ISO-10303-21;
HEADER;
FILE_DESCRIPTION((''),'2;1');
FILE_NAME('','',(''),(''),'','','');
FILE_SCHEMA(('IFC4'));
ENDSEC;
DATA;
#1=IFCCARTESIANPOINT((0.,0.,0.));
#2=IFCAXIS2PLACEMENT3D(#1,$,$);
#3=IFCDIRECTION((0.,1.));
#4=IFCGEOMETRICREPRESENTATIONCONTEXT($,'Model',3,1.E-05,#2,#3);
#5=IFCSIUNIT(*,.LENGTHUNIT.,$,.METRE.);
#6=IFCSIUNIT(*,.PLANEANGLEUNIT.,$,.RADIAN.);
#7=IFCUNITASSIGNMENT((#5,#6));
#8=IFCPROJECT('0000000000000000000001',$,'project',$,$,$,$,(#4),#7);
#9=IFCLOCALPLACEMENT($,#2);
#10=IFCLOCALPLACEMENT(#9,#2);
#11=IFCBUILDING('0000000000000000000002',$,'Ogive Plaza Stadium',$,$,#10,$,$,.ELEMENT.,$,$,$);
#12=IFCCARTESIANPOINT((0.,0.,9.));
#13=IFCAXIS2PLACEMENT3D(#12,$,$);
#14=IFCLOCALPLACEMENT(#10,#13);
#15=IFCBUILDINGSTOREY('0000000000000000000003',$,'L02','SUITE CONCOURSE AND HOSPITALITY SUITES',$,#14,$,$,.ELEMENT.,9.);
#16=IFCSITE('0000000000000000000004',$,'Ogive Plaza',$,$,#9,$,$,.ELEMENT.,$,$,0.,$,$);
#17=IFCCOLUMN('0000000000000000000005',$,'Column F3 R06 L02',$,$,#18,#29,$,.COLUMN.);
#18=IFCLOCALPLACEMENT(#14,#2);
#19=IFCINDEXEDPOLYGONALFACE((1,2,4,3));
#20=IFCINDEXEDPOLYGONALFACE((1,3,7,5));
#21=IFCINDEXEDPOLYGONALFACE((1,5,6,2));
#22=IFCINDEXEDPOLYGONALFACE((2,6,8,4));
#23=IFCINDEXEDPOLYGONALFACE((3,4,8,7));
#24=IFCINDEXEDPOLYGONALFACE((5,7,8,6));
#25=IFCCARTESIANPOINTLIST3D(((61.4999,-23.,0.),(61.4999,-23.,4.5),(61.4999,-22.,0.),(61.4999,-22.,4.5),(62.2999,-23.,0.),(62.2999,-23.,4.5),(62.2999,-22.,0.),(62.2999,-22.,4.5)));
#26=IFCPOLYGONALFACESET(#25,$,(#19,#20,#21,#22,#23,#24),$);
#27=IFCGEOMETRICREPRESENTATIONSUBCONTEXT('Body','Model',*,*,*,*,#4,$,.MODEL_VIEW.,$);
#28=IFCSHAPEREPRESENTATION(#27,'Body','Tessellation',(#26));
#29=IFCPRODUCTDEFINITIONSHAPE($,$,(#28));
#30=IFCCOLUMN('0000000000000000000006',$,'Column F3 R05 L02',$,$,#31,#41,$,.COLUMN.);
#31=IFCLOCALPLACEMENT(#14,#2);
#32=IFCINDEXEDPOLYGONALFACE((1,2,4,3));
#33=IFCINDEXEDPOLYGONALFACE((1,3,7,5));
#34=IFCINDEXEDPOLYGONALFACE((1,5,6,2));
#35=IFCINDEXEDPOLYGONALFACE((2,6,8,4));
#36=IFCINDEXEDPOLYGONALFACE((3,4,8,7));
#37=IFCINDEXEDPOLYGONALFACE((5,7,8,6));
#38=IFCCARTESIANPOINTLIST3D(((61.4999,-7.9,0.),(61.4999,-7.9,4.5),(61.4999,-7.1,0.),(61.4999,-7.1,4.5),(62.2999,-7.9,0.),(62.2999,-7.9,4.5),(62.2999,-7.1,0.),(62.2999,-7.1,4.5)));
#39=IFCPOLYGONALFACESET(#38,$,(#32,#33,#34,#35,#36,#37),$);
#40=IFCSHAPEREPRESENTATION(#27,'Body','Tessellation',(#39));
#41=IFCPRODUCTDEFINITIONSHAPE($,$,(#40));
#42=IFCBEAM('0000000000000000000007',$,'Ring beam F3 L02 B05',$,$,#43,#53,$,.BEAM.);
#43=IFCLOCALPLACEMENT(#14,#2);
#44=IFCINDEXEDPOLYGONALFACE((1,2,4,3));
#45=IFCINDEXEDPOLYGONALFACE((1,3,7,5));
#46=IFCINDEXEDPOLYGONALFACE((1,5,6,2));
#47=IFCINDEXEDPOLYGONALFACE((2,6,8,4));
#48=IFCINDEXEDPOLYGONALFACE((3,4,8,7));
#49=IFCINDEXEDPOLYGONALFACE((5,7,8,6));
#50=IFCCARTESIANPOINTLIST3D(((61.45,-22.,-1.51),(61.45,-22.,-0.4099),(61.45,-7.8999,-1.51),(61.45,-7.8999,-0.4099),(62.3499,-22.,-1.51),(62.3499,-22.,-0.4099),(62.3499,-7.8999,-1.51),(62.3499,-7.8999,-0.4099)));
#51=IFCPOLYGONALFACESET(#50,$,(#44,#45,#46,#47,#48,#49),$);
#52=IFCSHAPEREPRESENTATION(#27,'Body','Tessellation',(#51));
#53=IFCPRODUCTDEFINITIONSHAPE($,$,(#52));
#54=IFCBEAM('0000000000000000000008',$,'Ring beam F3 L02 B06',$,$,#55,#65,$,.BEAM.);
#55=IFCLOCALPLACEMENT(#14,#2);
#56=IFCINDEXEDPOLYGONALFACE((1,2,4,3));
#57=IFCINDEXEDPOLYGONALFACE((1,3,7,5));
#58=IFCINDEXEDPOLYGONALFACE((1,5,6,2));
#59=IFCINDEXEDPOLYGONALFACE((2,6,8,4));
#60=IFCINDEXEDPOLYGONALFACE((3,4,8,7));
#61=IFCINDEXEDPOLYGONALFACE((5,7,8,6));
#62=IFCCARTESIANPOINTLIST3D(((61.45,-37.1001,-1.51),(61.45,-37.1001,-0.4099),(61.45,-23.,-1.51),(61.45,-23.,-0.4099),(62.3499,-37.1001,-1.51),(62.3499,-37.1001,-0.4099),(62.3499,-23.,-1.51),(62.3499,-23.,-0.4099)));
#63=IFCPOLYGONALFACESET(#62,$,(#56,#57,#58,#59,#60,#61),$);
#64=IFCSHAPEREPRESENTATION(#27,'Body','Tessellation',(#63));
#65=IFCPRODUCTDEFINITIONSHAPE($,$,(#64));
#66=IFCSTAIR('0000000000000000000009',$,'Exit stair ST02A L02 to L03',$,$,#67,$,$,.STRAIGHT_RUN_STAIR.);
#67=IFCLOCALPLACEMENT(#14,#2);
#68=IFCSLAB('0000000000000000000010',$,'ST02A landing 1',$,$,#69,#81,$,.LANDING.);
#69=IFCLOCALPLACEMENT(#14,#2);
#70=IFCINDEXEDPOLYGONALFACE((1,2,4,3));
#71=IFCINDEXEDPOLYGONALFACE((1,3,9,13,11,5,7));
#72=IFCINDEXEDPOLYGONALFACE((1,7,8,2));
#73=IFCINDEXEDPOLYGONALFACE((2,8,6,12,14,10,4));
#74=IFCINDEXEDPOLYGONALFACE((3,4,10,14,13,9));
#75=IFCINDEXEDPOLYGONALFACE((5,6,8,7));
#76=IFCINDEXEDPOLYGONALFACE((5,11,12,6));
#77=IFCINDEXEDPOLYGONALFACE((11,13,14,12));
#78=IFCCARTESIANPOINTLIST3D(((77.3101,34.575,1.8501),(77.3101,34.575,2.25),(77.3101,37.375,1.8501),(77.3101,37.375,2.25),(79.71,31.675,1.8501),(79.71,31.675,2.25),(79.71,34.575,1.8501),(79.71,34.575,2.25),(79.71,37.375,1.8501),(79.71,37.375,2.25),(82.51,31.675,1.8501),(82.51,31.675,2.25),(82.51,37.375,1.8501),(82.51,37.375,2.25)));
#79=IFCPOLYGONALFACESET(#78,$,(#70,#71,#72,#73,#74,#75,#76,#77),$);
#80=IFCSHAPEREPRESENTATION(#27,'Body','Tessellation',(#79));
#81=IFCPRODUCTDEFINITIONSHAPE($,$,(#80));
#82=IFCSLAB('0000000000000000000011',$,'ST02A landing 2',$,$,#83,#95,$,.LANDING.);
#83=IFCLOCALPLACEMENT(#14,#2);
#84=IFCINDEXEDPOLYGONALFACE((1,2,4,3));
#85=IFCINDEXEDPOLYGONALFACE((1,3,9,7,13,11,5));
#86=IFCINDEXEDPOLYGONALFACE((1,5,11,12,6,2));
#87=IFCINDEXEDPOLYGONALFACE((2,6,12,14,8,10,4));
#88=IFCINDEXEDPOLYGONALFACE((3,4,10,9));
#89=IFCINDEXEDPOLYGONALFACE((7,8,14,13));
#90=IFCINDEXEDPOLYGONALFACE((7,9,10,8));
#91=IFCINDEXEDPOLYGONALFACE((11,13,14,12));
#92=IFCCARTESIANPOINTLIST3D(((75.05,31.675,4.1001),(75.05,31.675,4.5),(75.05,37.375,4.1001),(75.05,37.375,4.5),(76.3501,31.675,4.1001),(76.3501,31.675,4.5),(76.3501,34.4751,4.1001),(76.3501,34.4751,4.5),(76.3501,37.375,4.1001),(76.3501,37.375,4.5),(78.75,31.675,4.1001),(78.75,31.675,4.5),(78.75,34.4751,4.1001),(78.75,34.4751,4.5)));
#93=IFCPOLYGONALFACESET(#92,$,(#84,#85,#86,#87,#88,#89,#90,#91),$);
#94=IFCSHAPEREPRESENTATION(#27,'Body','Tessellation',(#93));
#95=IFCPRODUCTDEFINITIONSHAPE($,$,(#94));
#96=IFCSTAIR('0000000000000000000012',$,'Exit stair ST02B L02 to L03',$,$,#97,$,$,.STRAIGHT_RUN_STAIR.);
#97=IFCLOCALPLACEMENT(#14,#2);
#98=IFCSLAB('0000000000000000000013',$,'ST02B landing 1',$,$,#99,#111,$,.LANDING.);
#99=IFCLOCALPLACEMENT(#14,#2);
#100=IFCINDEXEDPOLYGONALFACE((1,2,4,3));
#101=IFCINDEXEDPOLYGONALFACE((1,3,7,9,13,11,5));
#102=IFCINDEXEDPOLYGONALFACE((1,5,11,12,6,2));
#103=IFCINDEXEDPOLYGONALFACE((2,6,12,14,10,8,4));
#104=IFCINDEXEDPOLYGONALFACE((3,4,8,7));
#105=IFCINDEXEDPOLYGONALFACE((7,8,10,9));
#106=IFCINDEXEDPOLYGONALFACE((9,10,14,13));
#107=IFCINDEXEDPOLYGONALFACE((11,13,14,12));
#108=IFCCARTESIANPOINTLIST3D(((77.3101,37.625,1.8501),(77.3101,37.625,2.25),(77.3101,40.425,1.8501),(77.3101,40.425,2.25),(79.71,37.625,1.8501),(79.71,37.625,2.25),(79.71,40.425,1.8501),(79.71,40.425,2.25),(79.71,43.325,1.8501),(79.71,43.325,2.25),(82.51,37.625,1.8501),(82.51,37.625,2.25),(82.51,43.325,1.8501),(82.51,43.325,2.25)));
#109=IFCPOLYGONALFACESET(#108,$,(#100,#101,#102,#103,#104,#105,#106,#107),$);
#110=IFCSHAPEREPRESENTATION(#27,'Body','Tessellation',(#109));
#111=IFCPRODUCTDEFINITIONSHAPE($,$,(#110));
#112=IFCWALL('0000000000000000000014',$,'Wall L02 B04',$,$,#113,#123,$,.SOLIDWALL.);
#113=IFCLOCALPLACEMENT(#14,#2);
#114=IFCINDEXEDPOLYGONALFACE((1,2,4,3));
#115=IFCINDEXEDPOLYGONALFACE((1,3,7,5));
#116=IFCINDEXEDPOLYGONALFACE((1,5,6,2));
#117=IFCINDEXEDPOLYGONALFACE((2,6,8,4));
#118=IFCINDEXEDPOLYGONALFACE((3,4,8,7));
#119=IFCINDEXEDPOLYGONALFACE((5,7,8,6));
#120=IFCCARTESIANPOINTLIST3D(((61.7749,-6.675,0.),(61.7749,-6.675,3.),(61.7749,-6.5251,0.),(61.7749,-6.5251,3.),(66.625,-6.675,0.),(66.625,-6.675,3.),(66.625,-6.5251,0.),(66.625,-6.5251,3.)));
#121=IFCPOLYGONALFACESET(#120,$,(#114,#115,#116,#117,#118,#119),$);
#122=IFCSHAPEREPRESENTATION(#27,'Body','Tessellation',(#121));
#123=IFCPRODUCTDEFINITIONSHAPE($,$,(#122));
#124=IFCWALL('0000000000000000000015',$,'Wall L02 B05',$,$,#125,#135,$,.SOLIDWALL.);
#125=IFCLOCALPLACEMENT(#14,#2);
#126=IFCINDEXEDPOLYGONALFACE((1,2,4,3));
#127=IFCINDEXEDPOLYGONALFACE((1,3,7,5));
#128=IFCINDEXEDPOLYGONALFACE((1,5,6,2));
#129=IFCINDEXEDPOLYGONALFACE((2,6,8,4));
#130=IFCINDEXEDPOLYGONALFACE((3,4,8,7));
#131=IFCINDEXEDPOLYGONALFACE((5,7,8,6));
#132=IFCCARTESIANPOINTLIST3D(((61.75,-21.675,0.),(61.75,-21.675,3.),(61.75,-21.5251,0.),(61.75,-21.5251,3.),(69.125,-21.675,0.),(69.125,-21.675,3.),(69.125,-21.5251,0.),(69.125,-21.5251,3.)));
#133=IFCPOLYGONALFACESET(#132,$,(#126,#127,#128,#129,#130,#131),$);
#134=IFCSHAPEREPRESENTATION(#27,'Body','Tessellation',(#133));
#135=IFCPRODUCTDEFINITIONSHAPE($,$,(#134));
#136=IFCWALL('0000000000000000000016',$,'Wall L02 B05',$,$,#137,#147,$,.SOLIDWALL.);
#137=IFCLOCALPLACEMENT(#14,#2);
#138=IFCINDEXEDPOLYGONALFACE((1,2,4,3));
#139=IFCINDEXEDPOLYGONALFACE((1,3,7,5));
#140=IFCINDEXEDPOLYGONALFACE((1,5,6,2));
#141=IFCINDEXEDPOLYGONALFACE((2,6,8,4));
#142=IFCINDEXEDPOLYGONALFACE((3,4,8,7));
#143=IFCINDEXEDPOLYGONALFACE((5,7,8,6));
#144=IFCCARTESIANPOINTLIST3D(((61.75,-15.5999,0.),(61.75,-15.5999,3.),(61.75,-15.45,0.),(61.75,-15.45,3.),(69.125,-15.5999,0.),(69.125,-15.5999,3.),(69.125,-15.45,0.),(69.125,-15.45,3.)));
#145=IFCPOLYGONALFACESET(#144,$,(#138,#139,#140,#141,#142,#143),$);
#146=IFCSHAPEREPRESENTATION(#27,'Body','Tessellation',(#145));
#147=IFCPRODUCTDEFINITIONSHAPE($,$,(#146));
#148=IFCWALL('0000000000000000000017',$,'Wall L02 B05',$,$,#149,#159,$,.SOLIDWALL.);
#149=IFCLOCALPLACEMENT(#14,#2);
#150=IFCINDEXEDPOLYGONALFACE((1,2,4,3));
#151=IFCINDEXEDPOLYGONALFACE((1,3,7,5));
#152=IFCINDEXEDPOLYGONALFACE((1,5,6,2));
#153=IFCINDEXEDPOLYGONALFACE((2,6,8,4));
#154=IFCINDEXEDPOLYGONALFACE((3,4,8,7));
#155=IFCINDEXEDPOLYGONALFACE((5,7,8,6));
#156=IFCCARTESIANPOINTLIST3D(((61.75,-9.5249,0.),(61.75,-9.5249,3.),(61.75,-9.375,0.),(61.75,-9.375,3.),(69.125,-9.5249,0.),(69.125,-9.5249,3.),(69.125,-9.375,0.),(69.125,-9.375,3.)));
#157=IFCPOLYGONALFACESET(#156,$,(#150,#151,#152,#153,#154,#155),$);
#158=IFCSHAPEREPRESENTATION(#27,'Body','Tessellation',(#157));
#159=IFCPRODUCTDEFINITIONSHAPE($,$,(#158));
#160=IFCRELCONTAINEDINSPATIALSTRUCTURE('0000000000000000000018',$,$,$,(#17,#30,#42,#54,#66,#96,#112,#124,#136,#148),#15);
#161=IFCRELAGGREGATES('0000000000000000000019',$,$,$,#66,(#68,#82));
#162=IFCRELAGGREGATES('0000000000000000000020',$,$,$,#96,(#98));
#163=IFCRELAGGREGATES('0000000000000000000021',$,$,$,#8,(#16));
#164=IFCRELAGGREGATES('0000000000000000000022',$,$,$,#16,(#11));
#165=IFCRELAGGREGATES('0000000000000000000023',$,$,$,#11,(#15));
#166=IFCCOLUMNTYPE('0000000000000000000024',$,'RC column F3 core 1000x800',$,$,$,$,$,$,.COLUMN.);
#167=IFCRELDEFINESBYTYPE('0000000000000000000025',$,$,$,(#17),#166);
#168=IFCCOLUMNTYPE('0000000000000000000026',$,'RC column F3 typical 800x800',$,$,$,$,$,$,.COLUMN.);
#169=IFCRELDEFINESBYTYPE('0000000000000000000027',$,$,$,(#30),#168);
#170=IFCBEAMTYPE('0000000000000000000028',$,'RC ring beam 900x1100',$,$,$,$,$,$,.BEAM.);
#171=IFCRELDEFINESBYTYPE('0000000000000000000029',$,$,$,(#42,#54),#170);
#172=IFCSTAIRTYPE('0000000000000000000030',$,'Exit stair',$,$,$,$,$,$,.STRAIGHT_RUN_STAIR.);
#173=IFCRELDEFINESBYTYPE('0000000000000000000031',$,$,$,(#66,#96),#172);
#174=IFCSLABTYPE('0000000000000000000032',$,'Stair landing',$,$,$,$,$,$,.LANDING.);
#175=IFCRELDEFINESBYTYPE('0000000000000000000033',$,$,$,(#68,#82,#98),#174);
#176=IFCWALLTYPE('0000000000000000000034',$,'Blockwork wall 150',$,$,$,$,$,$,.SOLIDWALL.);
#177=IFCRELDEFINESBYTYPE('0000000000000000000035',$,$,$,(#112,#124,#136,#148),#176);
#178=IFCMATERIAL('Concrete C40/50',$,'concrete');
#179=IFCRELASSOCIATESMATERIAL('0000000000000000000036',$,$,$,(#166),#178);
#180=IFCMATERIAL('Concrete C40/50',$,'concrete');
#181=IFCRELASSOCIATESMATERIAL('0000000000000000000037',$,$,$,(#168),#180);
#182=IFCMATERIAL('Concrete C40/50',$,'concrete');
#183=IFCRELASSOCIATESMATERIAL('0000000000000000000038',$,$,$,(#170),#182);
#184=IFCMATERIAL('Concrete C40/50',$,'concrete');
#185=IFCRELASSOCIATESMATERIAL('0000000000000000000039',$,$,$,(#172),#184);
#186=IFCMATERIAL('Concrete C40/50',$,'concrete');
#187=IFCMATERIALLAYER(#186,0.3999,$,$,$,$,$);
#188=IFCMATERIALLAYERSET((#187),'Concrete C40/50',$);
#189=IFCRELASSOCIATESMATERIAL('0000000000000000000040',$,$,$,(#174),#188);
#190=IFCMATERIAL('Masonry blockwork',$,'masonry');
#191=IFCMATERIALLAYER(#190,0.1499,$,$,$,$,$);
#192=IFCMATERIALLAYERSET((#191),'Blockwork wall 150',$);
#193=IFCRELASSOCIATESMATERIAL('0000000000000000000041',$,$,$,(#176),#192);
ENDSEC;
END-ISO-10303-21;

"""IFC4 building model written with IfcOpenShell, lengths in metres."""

from ifc_helpers import new_model, si_unit, direction, frame, frame_2d, origin, origin_2d, place, context, subcontext, project, spatial, polyline, rectangle, outline, extrude, material, layer, layer_set, material_profile, profile_set, type_object, element, aggregate, save


model = new_model("IFC4")

# Units and contexts
model_context = context("Model", 3, precision=1e-05, world=origin(), true_north=direction((0.0, 1.0)))
body_context = subcontext(model_context, "Body", "Model", "MODEL_VIEW")
ifc_project = project(units=[si_unit("LENGTHUNIT", "METRE"), si_unit("PLANEANGLEUNIT", "RADIAN")], contexts=[model_context])

# Site, building, storey
site_placement = place(None, origin())
site = spatial("IfcSite", under=ifc_project, at=site_placement, Name="Ogive Plaza", CompositionType="ELEMENT", RefElevation=0.0)
building_placement = place(site_placement, origin())
building = spatial("IfcBuilding", under=site, at=building_placement, Name="Ogive Plaza Stadium", CompositionType="ELEMENT")
storey_placement = place(building_placement, frame((0.0, 0.0, 9.0)))
storey = spatial("IfcBuildingStorey", under=building, at=storey_placement, Name="L02", Description="SUITE CONCOURSE AND HOSPITALITY SUITES", CompositionType="ELEMENT", Elevation=9.0)

# Columns
ifc_material_1 = material(Name="Concrete C40/50", Category="concrete")
ifc_material_profile_1 = material_profile(ifc_material_1, rectangle(XDim=1.0, YDim=0.8, at=origin_2d()), Name="RC 1000x800")
ifc_profile_set_1 = profile_set([ifc_material_profile_1], Name="Concrete C40/50")
column_type_1 = type_object("IfcColumnType", Name="RC column F3 core 1000x800", PredefinedType="COLUMN", material=ifc_profile_set_1)
column_1_placement = place(storey_placement, frame((61.8999, -22.5, 0.0), z_axis=(0.0, 0.0, 1.0), x_axis=(0.0, 1.0, 0.0)))
element("IfcColumn", 1, at=column_1_placement, inside=storey, type_object=column_type_1, Name="Column F3 R06 L02", PredefinedType="COLUMN", context=body_context, shape_type="SweptSolid", body=[
    extrude(rectangle(XDim=1.0, YDim=0.8, at=origin_2d()), origin(), (0.0, 0.0, 1.0), 4.5),
])
ifc_material_2 = material(Name="Concrete C40/50", Category="concrete")
ifc_material_profile_2 = material_profile(ifc_material_2, rectangle(XDim=0.8, YDim=0.8, at=origin_2d()), Name="RC 800x800")
ifc_profile_set_2 = profile_set([ifc_material_profile_2], Name="Concrete C40/50")
column_type_2 = type_object("IfcColumnType", Name="RC column F3 typical 800x800", PredefinedType="COLUMN", material=ifc_profile_set_2)
column_2_placement = place(storey_placement, frame((61.8999, -7.5, 0.0), z_axis=(0.0, 0.0, 1.0), x_axis=(0.0, 1.0, 0.0)))
element("IfcColumn", 2, at=column_2_placement, inside=storey, type_object=column_type_2, Name="Column F3 R05 L02", PredefinedType="COLUMN", context=body_context, shape_type="SweptSolid", body=[
    extrude(rectangle(XDim=0.8, YDim=0.8, at=origin_2d()), origin(), (0.0, 0.0, 1.0), 4.5),
])

# Beams
ifc_material_3 = material(Name="Concrete C40/50", Category="concrete")
ifc_material_profile_3 = material_profile(ifc_material_3, rectangle(XDim=0.8999, YDim=1.1001, at=origin_2d()), Name="RC 900x1100")
ifc_profile_set_3 = profile_set([ifc_material_profile_3], Name="Concrete C40/50")
beam_type = type_object("IfcBeamType", Name="RC ring beam 900x1100", PredefinedType="BEAM", material=ifc_profile_set_3)
for number, where, z_axis, x_axis, name in (
    (3, (61.8999, -7.8999, -0.96), (0.0, -1.0, 0.0), (1.0, 0.0, 0.0), "Ring beam F3 L02 B05"),
    (4, (61.8999, -23.0, -0.96), (0.0, -1.0, 0.0), (1.0, 0.0, 0.0), "Ring beam F3 L02 B06"),
):
    element("IfcBeam", number, at=place(storey_placement, frame(where, z_axis=z_axis, x_axis=x_axis)), inside=storey, type_object=beam_type, Name=name, PredefinedType="BEAM", context=body_context, shape_type="SweptSolid", body=[
        extrude(rectangle(XDim=0.8999, YDim=1.1001, at=origin_2d()), origin(), (0.0, 0.0, 1.0), 14.1001),
    ])

# Stair, slabs
ifc_material_4 = material(Name="Concrete C40/50", Category="concrete")
stair_type = type_object("IfcStairType", Name="Exit stair", PredefinedType="STRAIGHT_RUN_STAIR", material=ifc_material_4)
stair_1_placement = place(storey_placement, origin())
stair_1 = element("IfcStair", 5, at=stair_1_placement, inside=storey, type_object=stair_type, Name="Exit stair ST02A L02 to L03", PredefinedType="STRAIGHT_RUN_STAIR")
ifc_material_5 = material(Name="Concrete C40/50", Category="concrete")
ifc_layer_1 = layer(ifc_material_5, 0.3999)
ifc_layer_set_1 = layer_set([ifc_layer_1], Name="Concrete C40/50")
slab_type = type_object("IfcSlabType", Name="Stair landing", PredefinedType="LANDING", material=ifc_layer_set_1)
slab_1_placement = place(storey_placement, frame((0.0, 0.0, 1.8501)))
slab_1 = element("IfcSlab", 6, at=slab_1_placement, type_object=slab_type, Name="ST02A landing 1", PredefinedType="LANDING", context=body_context, shape_type="SweptSolid", body=[
    extrude(outline(polyline([(82.51, 37.375), (82.51, 31.675), (79.71, 31.675), (79.71, 34.575), (77.3101, 34.575), (77.3101, 37.375), (79.71, 37.375), (82.51, 37.375)])), origin(), (0.0, 0.0, 1.0), 0.3999),
])
slab_2_placement = place(storey_placement, frame((0.0, 0.0, 4.1001)))
slab_2 = element("IfcSlab", 7, at=slab_2_placement, type_object=slab_type, Name="ST02A landing 2", PredefinedType="LANDING", context=body_context, shape_type="SweptSolid", body=[
    extrude(outline(polyline([(78.75, 34.4751), (78.75, 31.675), (76.3501, 31.675), (75.05, 31.675), (75.05, 37.375), (76.3501, 37.375), (76.3501, 34.4751), (78.75, 34.4751)])), origin(), (0.0, 0.0, 1.0), 0.3999),
])
aggregate(stair_1, [slab_1, slab_2])

# Stair, slab
stair_2_placement = place(storey_placement, origin())
stair_2 = element("IfcStair", 8, at=stair_2_placement, inside=storey, type_object=stair_type, Name="Exit stair ST02B L02 to L03", PredefinedType="STRAIGHT_RUN_STAIR")
slab_3_placement = place(storey_placement, frame((0.0, 0.0, 1.8501)))
slab_3 = element("IfcSlab", 9, at=slab_3_placement, type_object=slab_type, Name="ST02B landing 1", PredefinedType="LANDING", context=body_context, shape_type="SweptSolid", body=[
    extrude(outline(polyline([(77.3101, 37.625), (77.3101, 40.425), (79.71, 40.425), (79.71, 43.325), (82.51, 43.325), (82.51, 37.625), (79.71, 37.625), (77.3101, 37.625)])), origin(), (0.0, 0.0, 1.0), 0.3999),
])
aggregate(stair_2, [slab_3])

# Walls
ifc_material_6 = material(Name="Masonry blockwork", Category="masonry")
ifc_layer_2 = layer(ifc_material_6, 0.1499)
ifc_layer_set_2 = layer_set([ifc_layer_2], Name="Blockwork wall 150")
wall_type_1 = type_object("IfcWallType", Name="Blockwork wall 150", PredefinedType="SOLIDWALL", material=ifc_layer_set_2)
wall_1_placement = place(storey_placement, frame((61.7749, -6.6001, 0.0), z_axis=(0.0, 0.0, 1.0), x_axis=(1.0, 0.0, 0.0)))
element("IfcWall", 10, at=wall_1_placement, inside=storey, type_object=wall_type_1, Name="Wall L02 B04", PredefinedType="SOLIDWALL", context=body_context, shape_type="SweptSolid", body=[
    extrude(rectangle(XDim=4.8501, YDim=0.1499, at=frame_2d((2.425, 0.0))), origin(), (0.0, 0.0, 1.0), 3.0),
])
for number, where, z_axis, x_axis, name in (
    (11, (61.75, -21.6001, 0.0), (0.0, 0.0, 1.0), (1.0, 0.0, 0.0), "Wall L02 B05"),
    (12, (61.75, -15.5249, 0.0), (0.0, 0.0, 1.0), (1.0, 0.0, 0.0), "Wall L02 B05"),
    (13, (61.75, -9.45, 0.0), (0.0, 0.0, 1.0), (1.0, 0.0, 0.0), "Wall L02 B05"),
):
    element("IfcWall", number, at=place(storey_placement, frame(where, z_axis=z_axis, x_axis=x_axis)), inside=storey, type_object=wall_type_1, Name=name, PredefinedType="SOLIDWALL", context=body_context, shape_type="SweptSolid", body=[
        extrude(rectangle(XDim=7.375, YDim=0.1499, at=frame_2d((3.6875, 0.0))), origin(), (0.0, 0.0, 1.0), 3.0),
    ])

save(model, "model.ifc")
